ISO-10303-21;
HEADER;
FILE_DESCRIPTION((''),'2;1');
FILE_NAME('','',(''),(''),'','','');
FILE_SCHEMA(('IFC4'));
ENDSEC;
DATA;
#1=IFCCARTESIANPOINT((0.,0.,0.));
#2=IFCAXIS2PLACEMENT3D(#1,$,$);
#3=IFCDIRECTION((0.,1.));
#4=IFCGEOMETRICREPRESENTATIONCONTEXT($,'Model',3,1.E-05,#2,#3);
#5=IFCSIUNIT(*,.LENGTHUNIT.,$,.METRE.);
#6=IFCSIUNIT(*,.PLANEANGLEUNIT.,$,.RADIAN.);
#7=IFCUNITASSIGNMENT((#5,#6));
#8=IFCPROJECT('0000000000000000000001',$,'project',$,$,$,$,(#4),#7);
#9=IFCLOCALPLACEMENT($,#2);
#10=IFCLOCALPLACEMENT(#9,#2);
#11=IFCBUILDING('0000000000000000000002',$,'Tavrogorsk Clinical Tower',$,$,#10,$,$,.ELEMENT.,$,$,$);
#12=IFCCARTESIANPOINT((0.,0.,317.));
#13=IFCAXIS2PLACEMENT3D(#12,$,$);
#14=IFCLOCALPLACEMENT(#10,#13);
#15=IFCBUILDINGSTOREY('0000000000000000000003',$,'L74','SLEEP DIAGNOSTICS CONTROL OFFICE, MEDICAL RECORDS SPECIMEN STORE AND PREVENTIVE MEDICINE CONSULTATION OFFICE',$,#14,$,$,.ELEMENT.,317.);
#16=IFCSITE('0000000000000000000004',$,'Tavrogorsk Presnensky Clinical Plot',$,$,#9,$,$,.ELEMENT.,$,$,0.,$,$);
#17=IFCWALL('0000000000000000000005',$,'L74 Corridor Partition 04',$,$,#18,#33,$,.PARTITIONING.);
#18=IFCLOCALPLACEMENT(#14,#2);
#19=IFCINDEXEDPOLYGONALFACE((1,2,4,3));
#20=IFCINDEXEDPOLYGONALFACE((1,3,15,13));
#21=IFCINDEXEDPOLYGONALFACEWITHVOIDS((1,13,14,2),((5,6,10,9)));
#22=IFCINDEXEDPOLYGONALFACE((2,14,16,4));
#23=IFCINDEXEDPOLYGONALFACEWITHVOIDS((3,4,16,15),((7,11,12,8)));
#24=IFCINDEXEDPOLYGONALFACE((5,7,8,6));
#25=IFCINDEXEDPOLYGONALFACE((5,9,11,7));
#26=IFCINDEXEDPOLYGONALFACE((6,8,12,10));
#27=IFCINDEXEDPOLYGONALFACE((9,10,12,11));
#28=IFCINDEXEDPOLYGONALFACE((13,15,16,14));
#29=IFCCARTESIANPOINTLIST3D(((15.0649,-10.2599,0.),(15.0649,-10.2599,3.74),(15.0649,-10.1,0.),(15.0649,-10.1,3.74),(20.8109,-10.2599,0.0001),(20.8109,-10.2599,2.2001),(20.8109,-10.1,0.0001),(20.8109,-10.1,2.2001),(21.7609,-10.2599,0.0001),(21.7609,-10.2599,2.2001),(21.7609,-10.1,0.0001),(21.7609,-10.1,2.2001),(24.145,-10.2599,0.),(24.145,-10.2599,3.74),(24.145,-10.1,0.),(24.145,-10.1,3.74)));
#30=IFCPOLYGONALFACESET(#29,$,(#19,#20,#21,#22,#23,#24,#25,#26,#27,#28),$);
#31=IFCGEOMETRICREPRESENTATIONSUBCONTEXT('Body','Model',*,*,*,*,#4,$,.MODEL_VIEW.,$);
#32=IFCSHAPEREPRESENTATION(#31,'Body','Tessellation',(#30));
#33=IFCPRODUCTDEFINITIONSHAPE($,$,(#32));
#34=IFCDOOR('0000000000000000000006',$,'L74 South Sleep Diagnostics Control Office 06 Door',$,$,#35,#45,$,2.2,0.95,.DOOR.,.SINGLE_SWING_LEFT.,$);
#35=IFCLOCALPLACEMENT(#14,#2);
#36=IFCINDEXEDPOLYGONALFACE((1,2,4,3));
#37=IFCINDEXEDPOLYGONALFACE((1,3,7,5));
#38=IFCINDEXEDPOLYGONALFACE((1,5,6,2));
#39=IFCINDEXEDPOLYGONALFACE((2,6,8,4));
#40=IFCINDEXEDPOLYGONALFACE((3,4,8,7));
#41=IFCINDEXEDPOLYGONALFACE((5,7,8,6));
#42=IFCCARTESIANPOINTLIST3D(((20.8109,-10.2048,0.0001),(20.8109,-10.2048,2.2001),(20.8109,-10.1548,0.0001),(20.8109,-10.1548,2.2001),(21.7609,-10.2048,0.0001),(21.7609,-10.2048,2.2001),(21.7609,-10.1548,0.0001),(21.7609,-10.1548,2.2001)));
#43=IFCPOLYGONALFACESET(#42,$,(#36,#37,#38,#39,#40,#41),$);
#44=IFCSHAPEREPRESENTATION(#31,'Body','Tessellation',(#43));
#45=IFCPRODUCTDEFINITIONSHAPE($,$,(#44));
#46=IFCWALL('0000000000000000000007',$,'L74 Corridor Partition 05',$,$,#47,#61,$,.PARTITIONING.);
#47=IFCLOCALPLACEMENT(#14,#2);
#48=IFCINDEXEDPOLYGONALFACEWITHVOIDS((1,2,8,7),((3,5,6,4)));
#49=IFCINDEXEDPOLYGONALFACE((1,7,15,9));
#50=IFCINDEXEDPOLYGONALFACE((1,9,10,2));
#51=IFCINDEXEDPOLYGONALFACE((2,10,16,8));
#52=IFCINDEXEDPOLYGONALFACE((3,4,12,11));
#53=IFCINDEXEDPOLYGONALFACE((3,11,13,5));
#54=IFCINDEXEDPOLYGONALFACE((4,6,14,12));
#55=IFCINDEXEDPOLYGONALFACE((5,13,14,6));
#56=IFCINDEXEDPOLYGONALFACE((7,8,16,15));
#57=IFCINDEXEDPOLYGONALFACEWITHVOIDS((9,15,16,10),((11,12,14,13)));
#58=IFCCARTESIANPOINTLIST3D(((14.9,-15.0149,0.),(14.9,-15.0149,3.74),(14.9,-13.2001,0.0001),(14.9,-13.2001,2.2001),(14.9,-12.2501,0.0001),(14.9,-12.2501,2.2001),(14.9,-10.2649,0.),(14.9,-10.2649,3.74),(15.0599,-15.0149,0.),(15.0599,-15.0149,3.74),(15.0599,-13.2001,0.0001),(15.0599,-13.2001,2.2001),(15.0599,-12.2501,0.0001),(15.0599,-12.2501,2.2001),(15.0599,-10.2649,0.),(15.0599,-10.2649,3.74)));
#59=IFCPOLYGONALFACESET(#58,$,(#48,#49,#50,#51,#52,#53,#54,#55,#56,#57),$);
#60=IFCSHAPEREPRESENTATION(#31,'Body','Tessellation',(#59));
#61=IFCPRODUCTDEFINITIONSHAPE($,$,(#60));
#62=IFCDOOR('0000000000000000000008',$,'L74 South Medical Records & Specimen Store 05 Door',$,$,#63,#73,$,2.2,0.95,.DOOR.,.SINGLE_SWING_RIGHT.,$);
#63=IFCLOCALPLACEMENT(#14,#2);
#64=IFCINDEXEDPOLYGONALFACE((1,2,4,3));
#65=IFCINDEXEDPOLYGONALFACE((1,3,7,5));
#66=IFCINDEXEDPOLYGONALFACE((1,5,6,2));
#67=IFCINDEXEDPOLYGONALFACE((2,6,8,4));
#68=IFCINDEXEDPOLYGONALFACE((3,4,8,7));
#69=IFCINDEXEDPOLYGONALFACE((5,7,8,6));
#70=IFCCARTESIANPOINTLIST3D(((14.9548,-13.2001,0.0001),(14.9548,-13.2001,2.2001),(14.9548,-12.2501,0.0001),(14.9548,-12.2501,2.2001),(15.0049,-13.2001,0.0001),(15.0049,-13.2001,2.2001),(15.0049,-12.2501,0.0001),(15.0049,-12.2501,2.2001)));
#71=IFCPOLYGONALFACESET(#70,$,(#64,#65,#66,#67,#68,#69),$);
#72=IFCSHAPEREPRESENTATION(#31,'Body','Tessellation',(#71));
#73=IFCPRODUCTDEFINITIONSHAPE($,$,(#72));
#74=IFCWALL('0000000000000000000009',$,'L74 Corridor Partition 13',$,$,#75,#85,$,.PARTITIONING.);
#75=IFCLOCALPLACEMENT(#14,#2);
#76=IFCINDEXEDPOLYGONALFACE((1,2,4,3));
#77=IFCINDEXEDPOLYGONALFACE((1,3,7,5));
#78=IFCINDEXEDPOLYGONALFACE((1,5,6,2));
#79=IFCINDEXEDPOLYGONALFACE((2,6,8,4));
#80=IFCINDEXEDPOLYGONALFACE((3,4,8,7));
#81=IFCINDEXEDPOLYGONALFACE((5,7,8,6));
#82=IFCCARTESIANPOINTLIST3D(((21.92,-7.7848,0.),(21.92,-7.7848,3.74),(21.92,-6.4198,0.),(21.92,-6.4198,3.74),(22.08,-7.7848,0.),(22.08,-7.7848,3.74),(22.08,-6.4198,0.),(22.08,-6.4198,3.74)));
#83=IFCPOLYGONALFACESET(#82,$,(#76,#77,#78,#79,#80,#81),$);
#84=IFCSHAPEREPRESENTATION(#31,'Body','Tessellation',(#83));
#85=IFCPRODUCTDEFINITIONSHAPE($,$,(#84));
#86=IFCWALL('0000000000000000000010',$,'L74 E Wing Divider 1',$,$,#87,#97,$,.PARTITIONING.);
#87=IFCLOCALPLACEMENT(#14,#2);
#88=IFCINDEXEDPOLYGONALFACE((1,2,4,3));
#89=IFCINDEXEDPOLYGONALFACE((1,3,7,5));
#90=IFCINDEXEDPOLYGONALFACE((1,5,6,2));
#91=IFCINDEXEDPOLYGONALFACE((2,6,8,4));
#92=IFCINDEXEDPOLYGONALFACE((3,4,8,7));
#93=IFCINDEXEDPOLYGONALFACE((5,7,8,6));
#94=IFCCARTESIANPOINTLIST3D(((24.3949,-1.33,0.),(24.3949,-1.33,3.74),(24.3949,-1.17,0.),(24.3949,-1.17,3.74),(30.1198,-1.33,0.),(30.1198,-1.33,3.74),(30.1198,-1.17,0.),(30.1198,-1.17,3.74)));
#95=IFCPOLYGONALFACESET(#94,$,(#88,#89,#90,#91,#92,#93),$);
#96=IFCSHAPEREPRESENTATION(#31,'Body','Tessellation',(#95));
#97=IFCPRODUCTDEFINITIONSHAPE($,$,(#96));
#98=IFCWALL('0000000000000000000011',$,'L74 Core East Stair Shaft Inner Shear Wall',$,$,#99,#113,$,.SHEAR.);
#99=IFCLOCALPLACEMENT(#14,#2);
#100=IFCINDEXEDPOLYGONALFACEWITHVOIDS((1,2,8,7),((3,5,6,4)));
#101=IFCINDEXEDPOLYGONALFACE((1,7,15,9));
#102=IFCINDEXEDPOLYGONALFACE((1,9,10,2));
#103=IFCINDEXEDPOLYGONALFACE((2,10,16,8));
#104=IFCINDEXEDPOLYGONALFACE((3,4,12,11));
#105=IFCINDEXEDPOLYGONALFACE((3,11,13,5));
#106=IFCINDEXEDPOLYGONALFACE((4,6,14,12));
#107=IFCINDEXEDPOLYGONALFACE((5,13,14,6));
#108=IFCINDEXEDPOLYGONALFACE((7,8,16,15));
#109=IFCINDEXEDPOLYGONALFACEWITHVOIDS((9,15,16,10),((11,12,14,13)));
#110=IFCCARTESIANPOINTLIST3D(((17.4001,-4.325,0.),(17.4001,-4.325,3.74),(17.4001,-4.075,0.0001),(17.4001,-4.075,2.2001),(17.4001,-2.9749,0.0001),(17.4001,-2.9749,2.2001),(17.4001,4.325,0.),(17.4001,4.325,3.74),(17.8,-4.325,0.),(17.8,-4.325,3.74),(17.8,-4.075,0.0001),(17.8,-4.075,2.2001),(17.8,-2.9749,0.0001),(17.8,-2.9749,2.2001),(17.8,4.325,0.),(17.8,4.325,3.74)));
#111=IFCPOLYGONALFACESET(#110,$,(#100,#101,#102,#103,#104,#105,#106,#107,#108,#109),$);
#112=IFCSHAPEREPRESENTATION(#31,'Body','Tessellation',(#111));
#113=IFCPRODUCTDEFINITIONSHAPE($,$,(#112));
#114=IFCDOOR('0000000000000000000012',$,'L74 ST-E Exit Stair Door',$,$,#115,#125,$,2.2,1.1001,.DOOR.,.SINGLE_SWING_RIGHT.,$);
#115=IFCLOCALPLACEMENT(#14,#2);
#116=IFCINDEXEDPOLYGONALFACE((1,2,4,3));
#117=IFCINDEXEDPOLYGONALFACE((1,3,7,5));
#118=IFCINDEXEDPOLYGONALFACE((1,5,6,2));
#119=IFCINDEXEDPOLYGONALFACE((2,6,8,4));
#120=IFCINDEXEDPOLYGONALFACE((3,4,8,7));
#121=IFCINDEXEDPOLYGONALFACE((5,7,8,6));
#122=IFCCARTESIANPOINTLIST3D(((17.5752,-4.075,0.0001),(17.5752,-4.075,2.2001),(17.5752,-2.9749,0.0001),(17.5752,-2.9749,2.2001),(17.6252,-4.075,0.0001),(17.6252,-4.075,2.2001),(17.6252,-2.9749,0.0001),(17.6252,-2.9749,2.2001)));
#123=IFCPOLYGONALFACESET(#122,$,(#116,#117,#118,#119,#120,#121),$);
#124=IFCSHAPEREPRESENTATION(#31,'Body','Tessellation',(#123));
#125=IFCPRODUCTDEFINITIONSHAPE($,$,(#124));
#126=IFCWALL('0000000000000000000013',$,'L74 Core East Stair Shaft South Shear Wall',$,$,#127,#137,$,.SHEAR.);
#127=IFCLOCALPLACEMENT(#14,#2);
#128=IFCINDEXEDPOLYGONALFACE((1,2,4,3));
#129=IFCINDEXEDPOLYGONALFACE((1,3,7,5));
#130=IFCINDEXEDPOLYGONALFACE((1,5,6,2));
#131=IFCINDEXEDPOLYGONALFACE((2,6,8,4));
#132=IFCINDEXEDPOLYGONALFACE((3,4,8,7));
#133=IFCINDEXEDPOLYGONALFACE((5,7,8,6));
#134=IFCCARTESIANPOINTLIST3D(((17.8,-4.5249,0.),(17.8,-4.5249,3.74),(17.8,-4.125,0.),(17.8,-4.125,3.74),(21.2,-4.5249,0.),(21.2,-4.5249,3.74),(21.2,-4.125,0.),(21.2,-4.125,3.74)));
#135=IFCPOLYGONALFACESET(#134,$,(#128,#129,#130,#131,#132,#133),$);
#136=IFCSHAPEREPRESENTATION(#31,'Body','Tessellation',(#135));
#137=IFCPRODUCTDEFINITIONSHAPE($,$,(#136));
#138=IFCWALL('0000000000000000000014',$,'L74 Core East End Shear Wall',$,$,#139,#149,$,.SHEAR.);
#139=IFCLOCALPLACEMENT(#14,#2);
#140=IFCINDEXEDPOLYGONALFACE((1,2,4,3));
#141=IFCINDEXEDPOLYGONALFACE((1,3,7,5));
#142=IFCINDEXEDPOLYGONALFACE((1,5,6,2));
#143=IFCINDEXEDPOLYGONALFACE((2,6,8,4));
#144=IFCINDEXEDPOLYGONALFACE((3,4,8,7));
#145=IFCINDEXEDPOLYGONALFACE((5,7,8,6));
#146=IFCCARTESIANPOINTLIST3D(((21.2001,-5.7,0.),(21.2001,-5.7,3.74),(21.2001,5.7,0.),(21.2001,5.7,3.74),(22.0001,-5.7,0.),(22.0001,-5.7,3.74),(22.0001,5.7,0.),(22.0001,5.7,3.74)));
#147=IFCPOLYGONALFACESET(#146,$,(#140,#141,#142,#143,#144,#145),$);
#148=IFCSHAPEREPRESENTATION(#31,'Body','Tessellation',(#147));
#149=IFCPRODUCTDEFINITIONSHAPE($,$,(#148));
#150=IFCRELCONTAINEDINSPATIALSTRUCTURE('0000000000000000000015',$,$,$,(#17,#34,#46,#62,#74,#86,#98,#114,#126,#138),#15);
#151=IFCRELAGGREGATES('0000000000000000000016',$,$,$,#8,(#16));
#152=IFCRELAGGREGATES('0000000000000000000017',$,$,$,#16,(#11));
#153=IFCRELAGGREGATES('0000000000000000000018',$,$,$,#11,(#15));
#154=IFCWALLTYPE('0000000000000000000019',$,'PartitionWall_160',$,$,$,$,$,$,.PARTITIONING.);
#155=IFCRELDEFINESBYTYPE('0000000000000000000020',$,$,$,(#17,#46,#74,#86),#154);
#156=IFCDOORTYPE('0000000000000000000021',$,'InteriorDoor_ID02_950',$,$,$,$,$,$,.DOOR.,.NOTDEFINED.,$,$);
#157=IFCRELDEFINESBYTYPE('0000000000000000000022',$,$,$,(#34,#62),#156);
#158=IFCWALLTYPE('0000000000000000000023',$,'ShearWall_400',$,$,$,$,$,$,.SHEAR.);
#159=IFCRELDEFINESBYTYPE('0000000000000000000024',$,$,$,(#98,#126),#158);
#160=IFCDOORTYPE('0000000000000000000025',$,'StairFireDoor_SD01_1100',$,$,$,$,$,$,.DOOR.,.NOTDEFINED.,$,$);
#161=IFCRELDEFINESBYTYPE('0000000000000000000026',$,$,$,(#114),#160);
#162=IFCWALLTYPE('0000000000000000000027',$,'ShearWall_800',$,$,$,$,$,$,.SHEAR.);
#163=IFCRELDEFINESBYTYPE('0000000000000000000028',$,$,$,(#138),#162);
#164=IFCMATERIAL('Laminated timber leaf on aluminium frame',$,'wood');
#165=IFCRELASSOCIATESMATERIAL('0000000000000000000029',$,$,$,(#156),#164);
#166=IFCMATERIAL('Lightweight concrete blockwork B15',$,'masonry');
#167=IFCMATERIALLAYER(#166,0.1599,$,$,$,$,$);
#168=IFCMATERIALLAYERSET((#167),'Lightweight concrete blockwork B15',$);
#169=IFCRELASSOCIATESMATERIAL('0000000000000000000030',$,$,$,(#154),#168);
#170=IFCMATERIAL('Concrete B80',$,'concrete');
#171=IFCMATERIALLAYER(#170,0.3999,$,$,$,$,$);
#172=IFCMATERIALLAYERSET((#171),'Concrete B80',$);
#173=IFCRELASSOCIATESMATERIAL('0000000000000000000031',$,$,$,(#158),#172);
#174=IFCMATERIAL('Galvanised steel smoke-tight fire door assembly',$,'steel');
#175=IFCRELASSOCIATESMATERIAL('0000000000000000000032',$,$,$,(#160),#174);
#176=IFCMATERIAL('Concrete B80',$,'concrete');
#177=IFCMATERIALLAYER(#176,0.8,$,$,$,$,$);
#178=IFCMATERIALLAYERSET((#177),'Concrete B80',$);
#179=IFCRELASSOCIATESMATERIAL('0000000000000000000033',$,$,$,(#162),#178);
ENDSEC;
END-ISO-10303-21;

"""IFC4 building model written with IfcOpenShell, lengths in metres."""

from ifc_helpers import new_model, si_unit, direction, frame, frame_2d, origin, place, context, subcontext, project, spatial, rectangle, extrude, material, layer, layer_set, type_object, element, fill, save


model = new_model("IFC4")

# Units and contexts
model_context = context("Model", 3, precision=1e-05, world=origin(), true_north=direction((0.0, 1.0)))
body_context = subcontext(model_context, "Body", "Model", "MODEL_VIEW")
ifc_project = project(units=[si_unit("LENGTHUNIT", "METRE"), si_unit("PLANEANGLEUNIT", "RADIAN")], contexts=[model_context])

# Site, building, storey
site_placement = place(None, origin())
site = spatial("IfcSite", under=ifc_project, at=site_placement, Name="Tavrogorsk Presnensky Clinical Plot", CompositionType="ELEMENT", RefElevation=0.0)
building_placement = place(site_placement, origin())
building = spatial("IfcBuilding", under=site, at=building_placement, Name="Tavrogorsk Clinical Tower", CompositionType="ELEMENT")
storey_placement = place(building_placement, frame((0.0, 0.0, 317.0)))
storey = spatial("IfcBuildingStorey", under=building, at=storey_placement, Name="L74", Description="SLEEP DIAGNOSTICS CONTROL OFFICE, MEDICAL RECORDS SPECIMEN STORE AND PREVENTIVE MEDICINE CONSULTATION OFFICE", CompositionType="ELEMENT", Elevation=317.0)

# Walls, openings, doors
ifc_material_1 = material(Name="Laminated timber leaf on aluminium frame", Category="wood")
door_type_1 = type_object("IfcDoorType", Name="InteriorDoor_ID02_950", OperationType="NOTDEFINED", PredefinedType="DOOR", material=ifc_material_1)
ifc_material_2 = material(Name="Lightweight concrete blockwork B15", Category="masonry")
ifc_layer_1 = layer(ifc_material_2, 0.1599)
ifc_layer_set_1 = layer_set([ifc_layer_1], Name="Lightweight concrete blockwork B15")
wall_type_1 = type_object("IfcWallType", Name="PartitionWall_160", PredefinedType="PARTITIONING", material=ifc_layer_set_1)
wall_1_placement = place(storey_placement, frame((24.145, -10.1799, 0.0), z_axis=(0.0, 0.0, 1.0), x_axis=(-1.0, 0.0, 0.0)))
wall_1 = element("IfcWall", 1, at=wall_1_placement, inside=storey, type_object=wall_type_1, Name="L74 Corridor Partition 04", PredefinedType="PARTITIONING", context=body_context, shape_type="SweptSolid", body=[
    extrude(rectangle(XDim=9.0801, YDim=0.1599, at=frame_2d((4.54, 0.0))), origin(), (0.0, 0.0, 1.0), 3.74),
])
opening_1_placement = place(wall_1_placement, frame((2.384, 0.0, 0.0)))
opening_1 = element("IfcOpeningElement", 2, at=opening_1_placement, cuts=wall_1, PredefinedType="OPENING", context=body_context, shape_type="SweptSolid", body=[
    extrude(rectangle(XDim=0.95, YDim=2.2, at=frame_2d((0.4751, 1.1001))), frame((0.0, 0.0898, 0.0), z_axis=(0.0, -1.0, 0.0), x_axis=(1.0, 0.0, 0.0)), (0.0, 0.0, 1.0), 0.1799),
])
door_1_placement = place(opening_1_placement, origin())
door_1 = element("IfcDoor", 3, at=door_1_placement, inside=storey, type_object=door_type_1, Name="L74 South Sleep Diagnostics Control Office 06 Door", OperationType="SINGLE_SWING_LEFT", OverallHeight=2.2, OverallWidth=0.95, PredefinedType="DOOR", context=body_context, shape_type="SweptSolid", body=[
    extrude(rectangle(XDim=0.95, YDim=2.2, at=frame_2d((0.4751, 1.1001))), frame((0.0, 0.0249, 0.0), z_axis=(0.0, -1.0, 0.0), x_axis=(1.0, 0.0, 0.0)), (0.0, 0.0, 1.0), 0.05),
])
fill(opening_1, door_1)
wall_2_placement = place(storey_placement, frame((14.98, -10.2649, 0.0), z_axis=(0.0, 0.0, 1.0), x_axis=(0.0, -1.0, 0.0)))
wall_2 = element("IfcWall", 4, at=wall_2_placement, inside=storey, type_object=wall_type_1, Name="L74 Corridor Partition 05", PredefinedType="PARTITIONING", context=body_context, shape_type="SweptSolid", body=[
    extrude(rectangle(XDim=4.75, YDim=0.1599, at=frame_2d((2.375, 0.0))), origin(), (0.0, 0.0, 1.0), 3.74),
])
opening_2_placement = place(wall_2_placement, frame((1.9851, 0.0, 0.0)))
opening_2 = element("IfcOpeningElement", 5, at=opening_2_placement, cuts=wall_2, PredefinedType="OPENING", context=body_context, shape_type="SweptSolid", body=[
    extrude(rectangle(XDim=0.95, YDim=2.2, at=frame_2d((0.4751, 1.1001))), frame((0.0, 0.0898, 0.0), z_axis=(0.0, -1.0, 0.0), x_axis=(1.0, 0.0, 0.0)), (0.0, 0.0, 1.0), 0.1799),
])
door_2_placement = place(opening_2_placement, origin())
door_2 = element("IfcDoor", 6, at=door_2_placement, inside=storey, type_object=door_type_1, Name="L74 South Medical Records & Specimen Store 05 Door", OperationType="SINGLE_SWING_RIGHT", OverallHeight=2.2, OverallWidth=0.95, PredefinedType="DOOR", context=body_context, shape_type="SweptSolid", body=[
    extrude(rectangle(XDim=0.95, YDim=2.2, at=frame_2d((0.4751, 1.1001))), frame((0.0, 0.0249, 0.0), z_axis=(0.0, -1.0, 0.0), x_axis=(1.0, 0.0, 0.0)), (0.0, 0.0, 1.0), 0.05),
])
fill(opening_2, door_2)

# Walls
wall_3_placement = place(storey_placement, frame((22.0, -7.7849, 0.0), z_axis=(0.0, 0.0, 1.0), x_axis=(0.0, 1.0, 0.0)))
element("IfcWall", 7, at=wall_3_placement, inside=storey, type_object=wall_type_1, Name="L74 Corridor Partition 13", PredefinedType="PARTITIONING", context=body_context, shape_type="SweptSolid", body=[
    extrude(rectangle(XDim=1.365, YDim=0.1599, at=frame_2d((0.6826, 0.0))), origin(), (0.0, 0.0, 1.0), 3.74),
])
wall_4_placement = place(storey_placement, frame((24.395, -1.25, 0.0), z_axis=(0.0, 0.0, 1.0), x_axis=(1.0, 0.0, 0.0)))
element("IfcWall", 8, at=wall_4_placement, inside=storey, type_object=wall_type_1, Name="L74 E Wing Divider 1", PredefinedType="PARTITIONING", context=body_context, shape_type="SweptSolid", body=[
    extrude(rectangle(XDim=5.7249, YDim=0.1599, at=frame_2d((2.8623, 0.0))), origin(), (0.0, 0.0, 1.0), 3.74),
])

# Wall, opening, door
ifc_material_3 = material(Name="Concrete B80", Category="concrete")
ifc_layer_2 = layer(ifc_material_3, 0.3999)
ifc_layer_set_2 = layer_set([ifc_layer_2], Name="Concrete B80")
wall_type_2 = type_object("IfcWallType", Name="ShearWall_400", PredefinedType="SHEAR", material=ifc_layer_set_2)
wall_5_placement = place(storey_placement, frame((17.6001, -4.325, 0.0), z_axis=(0.0, 0.0, 1.0), x_axis=(0.0, 1.0, 0.0)))
wall_5 = element("IfcWall", 9, at=wall_5_placement, inside=storey, type_object=wall_type_2, Name="L74 Core East Stair Shaft Inner Shear Wall", PredefinedType="SHEAR", context=body_context, shape_type="SweptSolid", body=[
    extrude(rectangle(XDim=8.6499, YDim=0.3999, at=frame_2d((4.325, 0.0))), origin(), (0.0, 0.0, 1.0), 3.74),
])
opening_3_placement = place(wall_5_placement, frame((0.25, 0.0, 0.0)))
opening_3 = element("IfcOpeningElement", 10, at=opening_3_placement, cuts=wall_5, PredefinedType="OPENING", context=body_context, shape_type="SweptSolid", body=[
    extrude(rectangle(XDim=1.1001, YDim=2.2, at=frame_2d((0.55, 1.1001))), frame((0.0, 0.21, 0.0), z_axis=(0.0, -1.0, 0.0), x_axis=(1.0, 0.0, 0.0)), (0.0, 0.0, 1.0), 0.4199),
])
ifc_material_4 = material(Name="Galvanised steel smoke-tight fire door assembly", Category="steel")
door_type_2 = type_object("IfcDoorType", Name="StairFireDoor_SD01_1100", OperationType="NOTDEFINED", PredefinedType="DOOR", material=ifc_material_4)
door_3_placement = place(opening_3_placement, origin())
door_3 = element("IfcDoor", 11, at=door_3_placement, inside=storey, type_object=door_type_2, Name="L74 ST-E Exit Stair Door", OperationType="SINGLE_SWING_RIGHT", OverallHeight=2.2, OverallWidth=1.1001, PredefinedType="DOOR", context=body_context, shape_type="SweptSolid", body=[
    extrude(rectangle(XDim=1.1001, YDim=2.2, at=frame_2d((0.55, 1.1001))), frame((0.0, 0.0249, 0.0), z_axis=(0.0, -1.0, 0.0), x_axis=(1.0, 0.0, 0.0)), (0.0, 0.0, 1.0), 0.05),
])
fill(opening_3, door_3)

# Walls
wall_6_placement = place(storey_placement, frame((17.8, -4.325, 0.0), z_axis=(0.0, 0.0, 1.0), x_axis=(1.0, 0.0, 0.0)))
element("IfcWall", 12, at=wall_6_placement, inside=storey, type_object=wall_type_2, Name="L74 Core East Stair Shaft South Shear Wall", PredefinedType="SHEAR", context=body_context, shape_type="SweptSolid", body=[
    extrude(rectangle(XDim=3.3999, YDim=0.3999, at=frame_2d((1.7, 0.0))), origin(), (0.0, 0.0, 1.0), 3.74),
])
ifc_material_5 = material(Name="Concrete B80", Category="concrete")
ifc_layer_3 = layer(ifc_material_5, 0.8)
ifc_layer_set_3 = layer_set([ifc_layer_3], Name="Concrete B80")
wall_type_3 = type_object("IfcWallType", Name="ShearWall_800", PredefinedType="SHEAR", material=ifc_layer_set_3)
wall_7_placement = place(storey_placement, frame((21.6001, -5.7, 0.0), z_axis=(0.0, 0.0, 1.0), x_axis=(0.0, 1.0, 0.0)))
element("IfcWall", 13, at=wall_7_placement, inside=storey, type_object=wall_type_3, Name="L74 Core East End Shear Wall", PredefinedType="SHEAR", context=body_context, shape_type="SweptSolid", body=[
    extrude(rectangle(XDim=11.3999, YDim=0.8, at=frame_2d((5.7, 0.0))), origin(), (0.0, 0.0, 1.0), 3.74),
])

save(model, "model.ifc")
